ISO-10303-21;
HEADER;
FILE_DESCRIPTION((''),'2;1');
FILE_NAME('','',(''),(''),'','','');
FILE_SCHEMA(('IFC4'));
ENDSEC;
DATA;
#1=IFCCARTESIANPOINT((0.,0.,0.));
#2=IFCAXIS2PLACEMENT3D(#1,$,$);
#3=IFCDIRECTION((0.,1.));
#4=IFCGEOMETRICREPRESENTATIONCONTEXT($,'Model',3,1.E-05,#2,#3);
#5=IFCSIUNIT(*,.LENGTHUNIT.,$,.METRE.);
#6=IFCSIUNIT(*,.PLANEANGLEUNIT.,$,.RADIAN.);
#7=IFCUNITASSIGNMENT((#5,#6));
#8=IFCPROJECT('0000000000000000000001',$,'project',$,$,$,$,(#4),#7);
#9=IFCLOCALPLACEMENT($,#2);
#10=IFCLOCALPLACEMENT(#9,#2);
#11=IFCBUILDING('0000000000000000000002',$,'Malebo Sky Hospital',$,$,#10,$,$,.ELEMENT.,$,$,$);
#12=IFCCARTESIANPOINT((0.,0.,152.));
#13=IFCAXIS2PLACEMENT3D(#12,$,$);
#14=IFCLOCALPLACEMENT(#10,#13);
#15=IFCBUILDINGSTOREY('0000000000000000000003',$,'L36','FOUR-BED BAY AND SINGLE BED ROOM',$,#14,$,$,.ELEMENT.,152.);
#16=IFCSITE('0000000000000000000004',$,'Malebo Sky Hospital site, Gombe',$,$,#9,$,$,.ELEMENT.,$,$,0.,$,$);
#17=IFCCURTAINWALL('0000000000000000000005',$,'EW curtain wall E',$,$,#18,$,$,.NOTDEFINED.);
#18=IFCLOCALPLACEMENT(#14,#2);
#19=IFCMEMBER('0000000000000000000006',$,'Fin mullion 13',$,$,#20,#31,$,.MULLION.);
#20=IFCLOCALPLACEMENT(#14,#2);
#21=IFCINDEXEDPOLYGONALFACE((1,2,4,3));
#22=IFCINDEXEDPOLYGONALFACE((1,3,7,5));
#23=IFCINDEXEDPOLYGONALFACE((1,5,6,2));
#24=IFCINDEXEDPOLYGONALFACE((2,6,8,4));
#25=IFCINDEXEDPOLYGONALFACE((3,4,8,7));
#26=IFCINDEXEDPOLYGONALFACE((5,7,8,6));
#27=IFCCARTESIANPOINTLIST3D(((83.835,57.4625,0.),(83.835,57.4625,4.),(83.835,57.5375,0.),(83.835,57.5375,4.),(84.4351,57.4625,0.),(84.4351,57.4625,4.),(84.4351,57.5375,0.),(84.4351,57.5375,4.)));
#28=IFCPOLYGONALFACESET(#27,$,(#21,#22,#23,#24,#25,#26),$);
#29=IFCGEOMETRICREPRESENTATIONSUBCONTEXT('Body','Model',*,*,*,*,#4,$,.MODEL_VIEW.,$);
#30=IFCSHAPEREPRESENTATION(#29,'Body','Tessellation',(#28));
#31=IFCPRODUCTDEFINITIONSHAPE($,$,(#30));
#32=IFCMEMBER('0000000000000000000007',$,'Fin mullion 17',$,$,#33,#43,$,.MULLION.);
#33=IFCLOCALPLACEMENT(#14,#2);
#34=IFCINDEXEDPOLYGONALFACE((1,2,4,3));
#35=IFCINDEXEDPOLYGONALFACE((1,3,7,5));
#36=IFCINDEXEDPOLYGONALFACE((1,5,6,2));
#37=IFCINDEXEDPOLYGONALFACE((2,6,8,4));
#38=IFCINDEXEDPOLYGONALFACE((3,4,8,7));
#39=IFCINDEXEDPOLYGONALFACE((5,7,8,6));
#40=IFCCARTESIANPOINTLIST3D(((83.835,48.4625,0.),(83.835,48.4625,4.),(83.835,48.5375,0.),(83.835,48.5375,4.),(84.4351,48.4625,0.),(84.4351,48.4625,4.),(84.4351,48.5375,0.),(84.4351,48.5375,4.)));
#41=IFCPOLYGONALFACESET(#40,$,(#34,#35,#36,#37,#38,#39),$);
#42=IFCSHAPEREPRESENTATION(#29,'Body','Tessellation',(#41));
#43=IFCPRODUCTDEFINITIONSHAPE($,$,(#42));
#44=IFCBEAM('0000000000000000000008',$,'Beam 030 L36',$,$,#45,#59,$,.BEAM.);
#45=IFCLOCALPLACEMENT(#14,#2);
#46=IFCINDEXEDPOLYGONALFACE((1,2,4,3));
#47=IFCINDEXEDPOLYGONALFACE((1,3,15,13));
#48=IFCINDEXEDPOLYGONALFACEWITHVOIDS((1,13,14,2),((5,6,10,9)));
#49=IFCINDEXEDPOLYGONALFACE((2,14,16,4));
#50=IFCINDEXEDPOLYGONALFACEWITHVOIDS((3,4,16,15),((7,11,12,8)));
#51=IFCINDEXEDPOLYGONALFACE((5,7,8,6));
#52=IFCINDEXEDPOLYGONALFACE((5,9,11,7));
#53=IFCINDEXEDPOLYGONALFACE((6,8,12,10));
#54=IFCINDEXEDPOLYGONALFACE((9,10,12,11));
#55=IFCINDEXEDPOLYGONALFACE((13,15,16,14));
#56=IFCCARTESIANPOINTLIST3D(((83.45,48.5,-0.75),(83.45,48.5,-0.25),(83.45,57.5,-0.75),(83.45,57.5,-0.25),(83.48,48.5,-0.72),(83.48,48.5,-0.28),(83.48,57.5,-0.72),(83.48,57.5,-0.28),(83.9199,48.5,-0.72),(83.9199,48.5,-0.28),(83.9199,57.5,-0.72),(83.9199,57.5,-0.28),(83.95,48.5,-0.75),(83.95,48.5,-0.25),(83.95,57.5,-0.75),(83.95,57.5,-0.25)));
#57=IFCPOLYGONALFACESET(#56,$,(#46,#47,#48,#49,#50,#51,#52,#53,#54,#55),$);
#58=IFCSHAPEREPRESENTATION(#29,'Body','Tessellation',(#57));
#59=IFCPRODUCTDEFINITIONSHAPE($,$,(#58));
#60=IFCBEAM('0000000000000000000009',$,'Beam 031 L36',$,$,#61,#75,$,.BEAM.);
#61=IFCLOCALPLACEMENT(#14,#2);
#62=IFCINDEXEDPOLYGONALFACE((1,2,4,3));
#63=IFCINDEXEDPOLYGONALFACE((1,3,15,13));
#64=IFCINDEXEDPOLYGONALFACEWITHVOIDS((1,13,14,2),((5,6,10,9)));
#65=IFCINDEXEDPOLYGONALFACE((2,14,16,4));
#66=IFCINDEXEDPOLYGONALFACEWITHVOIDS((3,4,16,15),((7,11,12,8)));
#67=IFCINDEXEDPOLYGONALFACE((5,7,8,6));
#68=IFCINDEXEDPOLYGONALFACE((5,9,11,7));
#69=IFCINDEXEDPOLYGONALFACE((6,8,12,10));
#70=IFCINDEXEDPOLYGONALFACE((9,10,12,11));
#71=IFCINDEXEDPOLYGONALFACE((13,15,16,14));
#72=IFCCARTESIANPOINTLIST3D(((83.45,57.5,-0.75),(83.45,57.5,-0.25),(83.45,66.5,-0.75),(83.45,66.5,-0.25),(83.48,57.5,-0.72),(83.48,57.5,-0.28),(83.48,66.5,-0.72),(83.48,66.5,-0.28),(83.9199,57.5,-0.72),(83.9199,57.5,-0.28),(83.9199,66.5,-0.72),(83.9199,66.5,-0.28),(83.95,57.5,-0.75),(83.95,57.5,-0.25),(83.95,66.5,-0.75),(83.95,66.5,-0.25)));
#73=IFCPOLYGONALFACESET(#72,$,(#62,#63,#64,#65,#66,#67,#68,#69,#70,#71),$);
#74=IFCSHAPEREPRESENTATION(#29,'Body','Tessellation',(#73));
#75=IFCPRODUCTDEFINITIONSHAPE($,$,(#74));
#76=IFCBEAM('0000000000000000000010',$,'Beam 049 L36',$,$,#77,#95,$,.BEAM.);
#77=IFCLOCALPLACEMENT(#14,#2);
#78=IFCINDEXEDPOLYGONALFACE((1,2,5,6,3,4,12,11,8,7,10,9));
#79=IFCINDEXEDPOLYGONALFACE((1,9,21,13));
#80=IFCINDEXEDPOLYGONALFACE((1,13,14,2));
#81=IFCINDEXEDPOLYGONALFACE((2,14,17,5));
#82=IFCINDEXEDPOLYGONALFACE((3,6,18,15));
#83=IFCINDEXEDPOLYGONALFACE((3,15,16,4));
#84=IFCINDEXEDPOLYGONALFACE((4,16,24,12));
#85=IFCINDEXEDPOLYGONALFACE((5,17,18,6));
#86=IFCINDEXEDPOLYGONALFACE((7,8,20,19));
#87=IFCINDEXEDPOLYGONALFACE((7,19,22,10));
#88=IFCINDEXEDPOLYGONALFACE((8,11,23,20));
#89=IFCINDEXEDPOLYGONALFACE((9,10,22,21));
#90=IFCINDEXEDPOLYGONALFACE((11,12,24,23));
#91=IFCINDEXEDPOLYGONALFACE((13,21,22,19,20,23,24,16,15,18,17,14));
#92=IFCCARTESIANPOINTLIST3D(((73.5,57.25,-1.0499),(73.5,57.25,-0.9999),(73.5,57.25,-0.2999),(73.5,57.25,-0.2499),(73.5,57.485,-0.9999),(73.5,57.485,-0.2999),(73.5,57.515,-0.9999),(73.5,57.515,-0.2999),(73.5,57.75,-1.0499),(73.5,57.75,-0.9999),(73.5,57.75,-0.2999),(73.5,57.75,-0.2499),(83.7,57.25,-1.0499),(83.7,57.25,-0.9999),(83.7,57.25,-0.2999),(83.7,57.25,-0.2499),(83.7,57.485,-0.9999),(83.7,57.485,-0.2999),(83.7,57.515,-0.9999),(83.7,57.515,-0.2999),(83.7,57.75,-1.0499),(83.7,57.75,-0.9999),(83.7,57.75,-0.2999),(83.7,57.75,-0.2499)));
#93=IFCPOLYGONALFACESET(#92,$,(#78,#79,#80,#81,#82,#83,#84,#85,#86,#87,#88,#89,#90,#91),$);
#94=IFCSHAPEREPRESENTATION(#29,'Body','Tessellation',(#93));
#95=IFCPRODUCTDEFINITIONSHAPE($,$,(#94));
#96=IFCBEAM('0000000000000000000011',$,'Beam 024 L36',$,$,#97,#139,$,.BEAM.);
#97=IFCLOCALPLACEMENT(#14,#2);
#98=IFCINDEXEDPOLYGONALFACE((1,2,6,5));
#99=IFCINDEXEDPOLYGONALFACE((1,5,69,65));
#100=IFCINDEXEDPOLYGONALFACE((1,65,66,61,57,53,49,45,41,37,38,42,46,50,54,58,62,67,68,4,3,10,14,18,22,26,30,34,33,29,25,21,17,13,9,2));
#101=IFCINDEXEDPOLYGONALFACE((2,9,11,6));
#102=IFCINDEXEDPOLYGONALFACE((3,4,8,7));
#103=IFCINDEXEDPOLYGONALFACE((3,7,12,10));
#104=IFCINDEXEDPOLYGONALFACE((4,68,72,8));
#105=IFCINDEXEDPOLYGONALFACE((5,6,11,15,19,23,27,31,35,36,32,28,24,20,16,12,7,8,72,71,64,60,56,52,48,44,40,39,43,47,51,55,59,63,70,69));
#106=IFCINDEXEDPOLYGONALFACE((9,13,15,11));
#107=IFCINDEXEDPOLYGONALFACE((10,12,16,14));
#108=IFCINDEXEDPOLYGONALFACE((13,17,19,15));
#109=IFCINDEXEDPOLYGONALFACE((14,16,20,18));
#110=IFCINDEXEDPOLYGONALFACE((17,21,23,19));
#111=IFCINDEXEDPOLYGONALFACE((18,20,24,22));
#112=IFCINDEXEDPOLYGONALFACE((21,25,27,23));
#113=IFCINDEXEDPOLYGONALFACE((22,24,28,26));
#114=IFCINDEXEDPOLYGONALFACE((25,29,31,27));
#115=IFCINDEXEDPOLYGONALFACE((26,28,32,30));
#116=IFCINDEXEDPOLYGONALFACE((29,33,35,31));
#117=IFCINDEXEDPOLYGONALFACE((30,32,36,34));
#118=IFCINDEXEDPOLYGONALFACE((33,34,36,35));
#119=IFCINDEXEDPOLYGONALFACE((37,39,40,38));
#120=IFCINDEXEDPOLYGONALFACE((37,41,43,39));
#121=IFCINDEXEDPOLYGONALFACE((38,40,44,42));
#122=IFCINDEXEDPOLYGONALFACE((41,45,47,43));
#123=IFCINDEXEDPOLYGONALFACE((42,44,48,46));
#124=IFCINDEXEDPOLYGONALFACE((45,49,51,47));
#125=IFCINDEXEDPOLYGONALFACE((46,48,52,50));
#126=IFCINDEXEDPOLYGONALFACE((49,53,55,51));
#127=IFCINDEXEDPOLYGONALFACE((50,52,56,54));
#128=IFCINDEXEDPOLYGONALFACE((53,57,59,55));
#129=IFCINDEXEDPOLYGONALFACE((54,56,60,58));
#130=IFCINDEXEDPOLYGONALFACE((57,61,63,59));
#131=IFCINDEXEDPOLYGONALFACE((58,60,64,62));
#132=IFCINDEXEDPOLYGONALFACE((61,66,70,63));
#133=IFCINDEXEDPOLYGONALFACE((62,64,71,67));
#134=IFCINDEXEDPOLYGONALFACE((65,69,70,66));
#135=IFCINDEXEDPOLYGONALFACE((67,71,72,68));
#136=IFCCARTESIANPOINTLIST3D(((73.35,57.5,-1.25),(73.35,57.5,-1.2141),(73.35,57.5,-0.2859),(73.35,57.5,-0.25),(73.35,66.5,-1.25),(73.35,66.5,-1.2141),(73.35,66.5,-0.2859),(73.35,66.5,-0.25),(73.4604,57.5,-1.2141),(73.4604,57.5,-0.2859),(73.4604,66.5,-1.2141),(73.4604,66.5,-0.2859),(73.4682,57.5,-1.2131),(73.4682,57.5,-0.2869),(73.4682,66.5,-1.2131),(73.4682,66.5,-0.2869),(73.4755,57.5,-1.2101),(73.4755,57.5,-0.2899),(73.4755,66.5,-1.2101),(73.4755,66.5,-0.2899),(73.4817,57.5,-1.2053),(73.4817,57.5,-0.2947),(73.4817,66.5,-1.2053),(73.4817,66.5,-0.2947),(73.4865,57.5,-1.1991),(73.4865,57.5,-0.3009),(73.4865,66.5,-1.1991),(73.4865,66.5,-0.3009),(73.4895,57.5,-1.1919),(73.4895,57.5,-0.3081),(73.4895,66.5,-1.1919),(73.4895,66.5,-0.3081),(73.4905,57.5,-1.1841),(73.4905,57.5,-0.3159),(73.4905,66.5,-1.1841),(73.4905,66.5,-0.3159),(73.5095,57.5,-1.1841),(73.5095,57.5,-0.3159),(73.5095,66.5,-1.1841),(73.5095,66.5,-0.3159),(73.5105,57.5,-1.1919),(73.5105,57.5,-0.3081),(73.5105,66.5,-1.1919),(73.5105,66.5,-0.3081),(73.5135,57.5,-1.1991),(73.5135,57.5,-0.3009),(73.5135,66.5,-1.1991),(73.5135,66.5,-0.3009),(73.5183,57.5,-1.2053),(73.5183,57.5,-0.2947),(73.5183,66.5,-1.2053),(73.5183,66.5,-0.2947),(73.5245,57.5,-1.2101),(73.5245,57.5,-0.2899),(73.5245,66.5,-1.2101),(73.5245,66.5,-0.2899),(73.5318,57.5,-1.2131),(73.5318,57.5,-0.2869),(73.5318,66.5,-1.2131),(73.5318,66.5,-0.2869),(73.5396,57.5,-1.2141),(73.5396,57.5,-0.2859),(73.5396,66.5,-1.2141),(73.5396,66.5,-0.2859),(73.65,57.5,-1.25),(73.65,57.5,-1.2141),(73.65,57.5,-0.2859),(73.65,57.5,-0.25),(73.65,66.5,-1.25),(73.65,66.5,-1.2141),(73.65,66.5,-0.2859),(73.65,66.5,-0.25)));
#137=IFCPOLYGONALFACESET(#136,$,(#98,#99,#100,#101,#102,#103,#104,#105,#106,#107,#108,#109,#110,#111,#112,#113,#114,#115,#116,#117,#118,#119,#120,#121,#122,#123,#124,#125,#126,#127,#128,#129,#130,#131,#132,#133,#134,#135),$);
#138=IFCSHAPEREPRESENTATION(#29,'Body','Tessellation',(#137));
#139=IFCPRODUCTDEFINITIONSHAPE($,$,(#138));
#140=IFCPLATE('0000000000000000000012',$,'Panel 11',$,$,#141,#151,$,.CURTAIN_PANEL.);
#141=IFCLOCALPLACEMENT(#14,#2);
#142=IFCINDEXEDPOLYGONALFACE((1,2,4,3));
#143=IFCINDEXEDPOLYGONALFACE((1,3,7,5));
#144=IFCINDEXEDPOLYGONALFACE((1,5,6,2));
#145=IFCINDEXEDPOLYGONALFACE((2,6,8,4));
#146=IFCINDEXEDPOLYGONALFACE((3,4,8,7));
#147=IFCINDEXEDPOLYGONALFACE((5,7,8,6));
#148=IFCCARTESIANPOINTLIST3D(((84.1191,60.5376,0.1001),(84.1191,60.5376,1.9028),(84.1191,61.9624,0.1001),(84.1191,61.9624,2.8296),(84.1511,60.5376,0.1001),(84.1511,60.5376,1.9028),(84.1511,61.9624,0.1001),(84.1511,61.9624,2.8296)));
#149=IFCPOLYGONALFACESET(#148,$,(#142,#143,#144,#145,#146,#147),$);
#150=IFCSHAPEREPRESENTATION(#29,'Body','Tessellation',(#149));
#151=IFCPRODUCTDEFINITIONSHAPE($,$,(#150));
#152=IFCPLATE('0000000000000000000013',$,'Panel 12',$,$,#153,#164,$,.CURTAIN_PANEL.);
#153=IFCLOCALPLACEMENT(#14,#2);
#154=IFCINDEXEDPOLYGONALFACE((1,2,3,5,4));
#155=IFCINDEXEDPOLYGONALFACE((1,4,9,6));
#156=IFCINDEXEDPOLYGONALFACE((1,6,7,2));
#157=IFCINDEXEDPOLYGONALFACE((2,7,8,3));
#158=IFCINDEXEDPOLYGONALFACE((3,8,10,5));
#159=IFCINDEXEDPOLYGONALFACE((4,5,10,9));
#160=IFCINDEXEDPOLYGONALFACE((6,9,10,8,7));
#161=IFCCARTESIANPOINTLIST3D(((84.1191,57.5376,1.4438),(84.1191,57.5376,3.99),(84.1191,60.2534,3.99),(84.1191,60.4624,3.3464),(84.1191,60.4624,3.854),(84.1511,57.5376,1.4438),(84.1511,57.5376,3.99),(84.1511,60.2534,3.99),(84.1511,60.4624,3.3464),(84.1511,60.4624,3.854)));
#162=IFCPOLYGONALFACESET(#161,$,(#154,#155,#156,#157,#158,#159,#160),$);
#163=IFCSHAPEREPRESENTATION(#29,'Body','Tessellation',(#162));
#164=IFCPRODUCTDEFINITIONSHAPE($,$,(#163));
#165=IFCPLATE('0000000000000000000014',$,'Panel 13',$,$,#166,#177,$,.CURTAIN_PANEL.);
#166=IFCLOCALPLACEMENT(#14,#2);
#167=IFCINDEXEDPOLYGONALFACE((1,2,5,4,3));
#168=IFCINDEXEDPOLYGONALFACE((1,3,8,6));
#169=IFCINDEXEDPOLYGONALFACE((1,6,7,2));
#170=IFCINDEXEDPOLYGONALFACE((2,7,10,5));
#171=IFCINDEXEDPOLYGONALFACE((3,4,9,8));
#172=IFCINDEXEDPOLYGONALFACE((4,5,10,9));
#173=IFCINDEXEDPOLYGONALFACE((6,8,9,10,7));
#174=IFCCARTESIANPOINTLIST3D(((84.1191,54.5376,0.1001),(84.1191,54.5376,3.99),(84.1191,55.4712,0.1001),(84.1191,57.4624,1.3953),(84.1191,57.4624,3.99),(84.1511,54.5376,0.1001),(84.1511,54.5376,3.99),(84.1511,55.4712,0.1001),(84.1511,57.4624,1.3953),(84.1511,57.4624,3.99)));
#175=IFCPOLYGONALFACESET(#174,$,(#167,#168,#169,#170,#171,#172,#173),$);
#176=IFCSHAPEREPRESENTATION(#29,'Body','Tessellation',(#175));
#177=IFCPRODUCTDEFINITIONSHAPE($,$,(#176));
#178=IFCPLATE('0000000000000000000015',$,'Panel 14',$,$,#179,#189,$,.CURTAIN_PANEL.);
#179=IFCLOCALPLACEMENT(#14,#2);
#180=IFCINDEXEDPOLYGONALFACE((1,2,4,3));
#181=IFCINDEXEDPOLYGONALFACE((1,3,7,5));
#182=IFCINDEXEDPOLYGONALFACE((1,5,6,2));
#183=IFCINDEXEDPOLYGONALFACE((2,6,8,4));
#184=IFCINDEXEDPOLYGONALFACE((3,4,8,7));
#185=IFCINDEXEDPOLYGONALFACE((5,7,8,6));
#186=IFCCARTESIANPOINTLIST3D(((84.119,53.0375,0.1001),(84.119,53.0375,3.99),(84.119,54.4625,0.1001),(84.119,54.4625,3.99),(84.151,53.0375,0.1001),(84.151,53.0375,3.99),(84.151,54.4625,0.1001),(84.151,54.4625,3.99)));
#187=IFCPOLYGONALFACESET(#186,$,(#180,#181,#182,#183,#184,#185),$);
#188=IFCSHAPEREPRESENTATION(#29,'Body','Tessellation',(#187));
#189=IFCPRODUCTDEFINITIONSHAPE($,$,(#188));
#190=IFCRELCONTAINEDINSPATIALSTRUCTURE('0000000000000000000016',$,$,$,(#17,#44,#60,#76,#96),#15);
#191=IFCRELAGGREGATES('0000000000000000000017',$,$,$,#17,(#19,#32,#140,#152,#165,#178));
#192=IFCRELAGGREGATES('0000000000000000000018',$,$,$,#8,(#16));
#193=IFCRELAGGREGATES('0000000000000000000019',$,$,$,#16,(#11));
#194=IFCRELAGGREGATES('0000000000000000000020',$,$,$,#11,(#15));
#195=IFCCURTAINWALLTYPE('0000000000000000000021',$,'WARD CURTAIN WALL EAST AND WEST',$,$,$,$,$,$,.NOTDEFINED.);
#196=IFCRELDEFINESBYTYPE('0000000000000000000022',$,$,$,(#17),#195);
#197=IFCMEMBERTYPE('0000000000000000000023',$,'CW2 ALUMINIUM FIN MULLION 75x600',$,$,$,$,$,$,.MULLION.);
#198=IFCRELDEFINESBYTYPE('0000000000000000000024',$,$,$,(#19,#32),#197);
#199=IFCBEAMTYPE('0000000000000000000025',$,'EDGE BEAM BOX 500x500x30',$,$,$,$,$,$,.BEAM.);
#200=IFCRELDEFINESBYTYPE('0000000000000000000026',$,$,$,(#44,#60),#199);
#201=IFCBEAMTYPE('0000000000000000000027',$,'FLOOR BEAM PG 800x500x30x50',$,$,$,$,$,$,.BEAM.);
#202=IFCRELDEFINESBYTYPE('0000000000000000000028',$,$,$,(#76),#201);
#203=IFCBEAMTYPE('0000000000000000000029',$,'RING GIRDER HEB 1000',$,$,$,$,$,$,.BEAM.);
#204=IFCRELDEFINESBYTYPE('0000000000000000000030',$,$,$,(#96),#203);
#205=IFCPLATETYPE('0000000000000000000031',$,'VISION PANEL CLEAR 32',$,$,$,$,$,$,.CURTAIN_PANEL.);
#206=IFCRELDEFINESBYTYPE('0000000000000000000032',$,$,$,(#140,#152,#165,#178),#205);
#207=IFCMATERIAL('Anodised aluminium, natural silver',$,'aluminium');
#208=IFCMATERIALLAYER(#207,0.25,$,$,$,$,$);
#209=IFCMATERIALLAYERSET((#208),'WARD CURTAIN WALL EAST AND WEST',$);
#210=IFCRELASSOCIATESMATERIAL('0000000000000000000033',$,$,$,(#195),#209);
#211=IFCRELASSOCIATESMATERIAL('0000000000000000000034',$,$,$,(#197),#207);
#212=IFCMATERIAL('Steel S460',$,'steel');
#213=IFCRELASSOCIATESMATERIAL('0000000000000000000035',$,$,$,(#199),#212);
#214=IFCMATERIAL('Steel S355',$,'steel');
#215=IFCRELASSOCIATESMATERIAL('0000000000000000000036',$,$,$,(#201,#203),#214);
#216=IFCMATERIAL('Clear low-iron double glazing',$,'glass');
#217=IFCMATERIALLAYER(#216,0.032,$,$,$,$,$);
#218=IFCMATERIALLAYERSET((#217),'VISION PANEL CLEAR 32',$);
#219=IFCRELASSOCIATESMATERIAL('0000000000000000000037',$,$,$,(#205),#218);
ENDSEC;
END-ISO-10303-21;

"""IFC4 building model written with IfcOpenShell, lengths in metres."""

from ifc_helpers import new_model, si_unit, direction, frame, origin, origin_2d, place, context, subcontext, project, spatial, polyline, rectangle, hollow_rectangle, i_section, outline, extrude, material, layer, layer_set, material_profile, profile_set, type_object, element, aggregate, save


model = new_model("IFC4")

# Units and contexts
model_context = context("Model", 3, precision=1e-05, world=origin(), true_north=direction((0.0, 1.0)))
body_context = subcontext(model_context, "Body", "Model", "MODEL_VIEW")
ifc_project = project(units=[si_unit("LENGTHUNIT", "METRE"), si_unit("PLANEANGLEUNIT", "RADIAN")], contexts=[model_context])

# Site, building, storey
site_placement = place(None, origin())
site = spatial("IfcSite", under=ifc_project, at=site_placement, Name="Malebo Sky Hospital site, Gombe", CompositionType="ELEMENT", RefElevation=0.0)
building_placement = place(site_placement, origin())
building = spatial("IfcBuilding", under=site, at=building_placement, Name="Malebo Sky Hospital", CompositionType="ELEMENT")
storey_placement = place(building_placement, frame((0.0, 0.0, 152.0)))
storey = spatial("IfcBuildingStorey", under=building, at=storey_placement, Name="L36", Description="FOUR-BED BAY AND SINGLE BED ROOM", CompositionType="ELEMENT", Elevation=152.0)

# Shared definitions
ifc_material_1 = material(Name="Steel S460", Category="steel")

# Curtain wall
ifc_material_2 = material(Name="Anodised aluminium, natural silver", Category="aluminium")
ifc_layer_1 = layer(ifc_material_2, 0.25)
ifc_layer_set_1 = layer_set([ifc_layer_1], Name="WARD CURTAIN WALL EAST AND WEST")
curtain_wall_type = type_object("IfcCurtainWallType", Name="WARD CURTAIN WALL EAST AND WEST", PredefinedType="NOTDEFINED", material=ifc_layer_set_1)
curtain_wall_placement = place(storey_placement, origin())
curtain_wall = element("IfcCurtainWall", 1, at=curtain_wall_placement, inside=storey, type_object=curtain_wall_type, Name="EW curtain wall E", PredefinedType="NOTDEFINED")

# Members
ifc_material_3 = material(Name="Steel S355", Category="steel")
ifc_material_profile_1 = material_profile(ifc_material_2, rectangle(XDim=0.075, YDim=0.6001, at=origin_2d()), Name="CW2 ALUMINIUM FIN MULLION 75x600")
ifc_profile_set_1 = profile_set([ifc_material_profile_1], Name="Anodised aluminium, natural silver")
member_type_1 = type_object("IfcMemberType", Name="CW2 ALUMINIUM FIN MULLION 75x600", PredefinedType="MULLION", material=ifc_profile_set_1)
member_1_placement = place(storey_placement, frame((84.135, 57.5, 0.0), z_axis=(0.0, 0.0, 1.0), x_axis=(0.0, -1.0, 0.0)))
member_1 = element("IfcMember", 2, at=member_1_placement, type_object=member_type_1, Name="Fin mullion 13", PredefinedType="MULLION", context=body_context, shape_type="SweptSolid", body=[
    extrude(rectangle(XDim=0.075, YDim=0.6001, at=origin_2d()), origin(), (0.0, 0.0, 1.0), 4.0),
])
member_2_placement = place(storey_placement, frame((84.135, 48.5, 0.0), z_axis=(0.0, 0.0, 1.0), x_axis=(0.0, -1.0, 0.0)))
member_2 = element("IfcMember", 3, at=member_2_placement, type_object=member_type_1, Name="Fin mullion 17", PredefinedType="MULLION", context=body_context, shape_type="SweptSolid", body=[
    extrude(rectangle(XDim=0.075, YDim=0.6001, at=origin_2d()), origin(), (0.0, 0.0, 1.0), 4.0),
])

# Beams
ifc_material_profile_2 = material_profile(ifc_material_1, hollow_rectangle(XDim=0.5, YDim=0.5, WallThickness=0.03, at=origin_2d()), Name="BOX 500x500x30")
ifc_profile_set_2 = profile_set([ifc_material_profile_2], Name="Steel S460")
beam_type_1 = type_object("IfcBeamType", Name="EDGE BEAM BOX 500x500x30", PredefinedType="BEAM", material=ifc_profile_set_2)
for number, where, z_axis, x_axis, name in (
    (4, (83.7, 48.5, -0.5), (0.0, 1.0, 0.0), (-1.0, 0.0, 0.0), "Beam 030 L36"),
    (5, (83.7, 57.5, -0.5), (0.0, 1.0, 0.0), (-1.0, 0.0, 0.0), "Beam 031 L36"),
):
    element("IfcBeam", number, at=place(storey_placement, frame(where, z_axis=z_axis, x_axis=x_axis)), inside=storey, type_object=beam_type_1, Name=name, PredefinedType="BEAM", context=body_context, shape_type="SweptSolid", body=[
        extrude(hollow_rectangle(XDim=0.5, YDim=0.5, WallThickness=0.03, at=origin_2d()), origin(), (0.0, 0.0, 1.0), 9.0),
    ])
ifc_material_profile_3 = material_profile(ifc_material_3, i_section(OverallWidth=0.5, OverallDepth=0.8, WebThickness=0.03, FlangeThickness=0.05, at=origin_2d()), Name="PG 800x500x30x50")
ifc_profile_set_3 = profile_set([ifc_material_profile_3], Name="Steel S355")
beam_type_2 = type_object("IfcBeamType", Name="FLOOR BEAM PG 800x500x30x50", PredefinedType="BEAM", material=ifc_profile_set_3)
beam_1_placement = place(storey_placement, frame((73.5, 57.5, -0.6499), z_axis=(1.0, 0.0, 0.0), x_axis=(0.0, 1.0, 0.0)))
element("IfcBeam", 6, at=beam_1_placement, inside=storey, type_object=beam_type_2, Name="Beam 049 L36", PredefinedType="BEAM", context=body_context, shape_type="SweptSolid", body=[
    extrude(i_section(OverallWidth=0.5, OverallDepth=0.8, WebThickness=0.03, FlangeThickness=0.05, at=origin_2d()), origin(), (0.0, 0.0, 1.0), 10.2),
])
ifc_material_profile_4 = material_profile(ifc_material_3, i_section(OverallWidth=0.3, OverallDepth=1.0, WebThickness=0.019, FlangeThickness=0.0359, FilletRadius=0.03, at=origin_2d()), Name="HEB 1000")
ifc_profile_set_4 = profile_set([ifc_material_profile_4], Name="Steel S355")
beam_type_3 = type_object("IfcBeamType", Name="RING GIRDER HEB 1000", PredefinedType="BEAM", material=ifc_profile_set_4)
beam_2_placement = place(storey_placement, frame((73.5, 57.5, -0.75), z_axis=(0.0, 1.0, 0.0), x_axis=(-1.0, 0.0, 0.0)))
element("IfcBeam", 7, at=beam_2_placement, inside=storey, type_object=beam_type_3, Name="Beam 024 L36", PredefinedType="BEAM", context=body_context, shape_type="SweptSolid", body=[
    extrude(i_section(OverallWidth=0.3, OverallDepth=1.0, WebThickness=0.019, FlangeThickness=0.0359, FilletRadius=0.03, at=origin_2d()), origin(), (0.0, 0.0, 1.0), 9.0),
])

# Plates
ifc_material_4 = material(Name="Clear low-iron double glazing", Category="glass")
ifc_layer_2 = layer(ifc_material_4, 0.032)
ifc_layer_set_2 = layer_set([ifc_layer_2], Name="VISION PANEL CLEAR 32")
plate_type = type_object("IfcPlateType", Name="VISION PANEL CLEAR 32", PredefinedType="CURTAIN_PANEL", material=ifc_layer_set_2)
plate_1_placement = place(storey_placement, frame((84.135, 61.25, 0.1001), z_axis=(0.0, 0.0, 1.0), x_axis=(0.0, -1.0, 0.0)))
plate_1 = element("IfcPlate", 8, at=plate_1_placement, type_object=plate_type, Name="Panel 11", PredefinedType="CURTAIN_PANEL", context=body_context, shape_type="SweptSolid", body=[
    extrude(outline(polyline([(-0.7124, 0.0), (0.7124, 0.0), (0.7124, 1.8027), (-0.7124, 2.7295), (-0.7124, 0.0)])), frame((0.0, 0.0161, 0.0), z_axis=(0.0, -1.0, 0.0), x_axis=(1.0, 0.0, 0.0)), (0.0, 0.0, 1.0), 0.032),
])
plate_2_placement = place(storey_placement, frame((84.135, 59.0, 1.4438), z_axis=(0.0, 0.0, 1.0), x_axis=(0.0, -1.0, 0.0)))
plate_2 = element("IfcPlate", 9, at=plate_2_placement, type_object=plate_type, Name="Panel 12", PredefinedType="CURTAIN_PANEL", context=body_context, shape_type="SweptSolid", body=[
    extrude(outline(polyline([(1.4624, 0.0), (1.4624, 2.5461), (-1.2534, 2.5461), (-1.4624, 2.4102), (-1.4624, 1.9026), (1.4624, 0.0)])), frame((0.0, 0.0161, 0.0), z_axis=(0.0, -1.0, 0.0), x_axis=(1.0, 0.0, 0.0)), (0.0, 0.0, 1.0), 0.032),
])
plate_3_placement = place(storey_placement, frame((84.135, 56.0, 0.1001), z_axis=(0.0, 0.0, 1.0), x_axis=(0.0, -1.0, 0.0)))
plate_3 = element("IfcPlate", 10, at=plate_3_placement, type_object=plate_type, Name="Panel 13", PredefinedType="CURTAIN_PANEL", context=body_context, shape_type="SweptSolid", body=[
    extrude(outline(polyline([(0.5288, 0.0), (1.4624, 0.0), (1.4624, 3.8899), (-1.4624, 3.8899), (-1.4624, 1.2952), (0.5288, 0.0)])), frame((0.0, 0.0161, 0.0), z_axis=(0.0, -1.0, 0.0), x_axis=(1.0, 0.0, 0.0)), (0.0, 0.0, 1.0), 0.032),
])
plate_4_placement = place(storey_placement, frame((84.135, 53.75, 0.1001), z_axis=(0.0, 0.0, 1.0), x_axis=(0.0, -1.0, 0.0)))
plate_4 = element("IfcPlate", 11, at=plate_4_placement, type_object=plate_type, Name="Panel 14", PredefinedType="CURTAIN_PANEL", context=body_context, shape_type="SweptSolid", body=[
    extrude(rectangle(XDim=1.425, YDim=0.032, at=origin_2d()), origin(), (0.0, 0.0, 1.0), 3.8899),
])
aggregate(curtain_wall, [member_1, member_2, plate_1, plate_2, plate_3, plate_4])

save(model, "model.ifc")
